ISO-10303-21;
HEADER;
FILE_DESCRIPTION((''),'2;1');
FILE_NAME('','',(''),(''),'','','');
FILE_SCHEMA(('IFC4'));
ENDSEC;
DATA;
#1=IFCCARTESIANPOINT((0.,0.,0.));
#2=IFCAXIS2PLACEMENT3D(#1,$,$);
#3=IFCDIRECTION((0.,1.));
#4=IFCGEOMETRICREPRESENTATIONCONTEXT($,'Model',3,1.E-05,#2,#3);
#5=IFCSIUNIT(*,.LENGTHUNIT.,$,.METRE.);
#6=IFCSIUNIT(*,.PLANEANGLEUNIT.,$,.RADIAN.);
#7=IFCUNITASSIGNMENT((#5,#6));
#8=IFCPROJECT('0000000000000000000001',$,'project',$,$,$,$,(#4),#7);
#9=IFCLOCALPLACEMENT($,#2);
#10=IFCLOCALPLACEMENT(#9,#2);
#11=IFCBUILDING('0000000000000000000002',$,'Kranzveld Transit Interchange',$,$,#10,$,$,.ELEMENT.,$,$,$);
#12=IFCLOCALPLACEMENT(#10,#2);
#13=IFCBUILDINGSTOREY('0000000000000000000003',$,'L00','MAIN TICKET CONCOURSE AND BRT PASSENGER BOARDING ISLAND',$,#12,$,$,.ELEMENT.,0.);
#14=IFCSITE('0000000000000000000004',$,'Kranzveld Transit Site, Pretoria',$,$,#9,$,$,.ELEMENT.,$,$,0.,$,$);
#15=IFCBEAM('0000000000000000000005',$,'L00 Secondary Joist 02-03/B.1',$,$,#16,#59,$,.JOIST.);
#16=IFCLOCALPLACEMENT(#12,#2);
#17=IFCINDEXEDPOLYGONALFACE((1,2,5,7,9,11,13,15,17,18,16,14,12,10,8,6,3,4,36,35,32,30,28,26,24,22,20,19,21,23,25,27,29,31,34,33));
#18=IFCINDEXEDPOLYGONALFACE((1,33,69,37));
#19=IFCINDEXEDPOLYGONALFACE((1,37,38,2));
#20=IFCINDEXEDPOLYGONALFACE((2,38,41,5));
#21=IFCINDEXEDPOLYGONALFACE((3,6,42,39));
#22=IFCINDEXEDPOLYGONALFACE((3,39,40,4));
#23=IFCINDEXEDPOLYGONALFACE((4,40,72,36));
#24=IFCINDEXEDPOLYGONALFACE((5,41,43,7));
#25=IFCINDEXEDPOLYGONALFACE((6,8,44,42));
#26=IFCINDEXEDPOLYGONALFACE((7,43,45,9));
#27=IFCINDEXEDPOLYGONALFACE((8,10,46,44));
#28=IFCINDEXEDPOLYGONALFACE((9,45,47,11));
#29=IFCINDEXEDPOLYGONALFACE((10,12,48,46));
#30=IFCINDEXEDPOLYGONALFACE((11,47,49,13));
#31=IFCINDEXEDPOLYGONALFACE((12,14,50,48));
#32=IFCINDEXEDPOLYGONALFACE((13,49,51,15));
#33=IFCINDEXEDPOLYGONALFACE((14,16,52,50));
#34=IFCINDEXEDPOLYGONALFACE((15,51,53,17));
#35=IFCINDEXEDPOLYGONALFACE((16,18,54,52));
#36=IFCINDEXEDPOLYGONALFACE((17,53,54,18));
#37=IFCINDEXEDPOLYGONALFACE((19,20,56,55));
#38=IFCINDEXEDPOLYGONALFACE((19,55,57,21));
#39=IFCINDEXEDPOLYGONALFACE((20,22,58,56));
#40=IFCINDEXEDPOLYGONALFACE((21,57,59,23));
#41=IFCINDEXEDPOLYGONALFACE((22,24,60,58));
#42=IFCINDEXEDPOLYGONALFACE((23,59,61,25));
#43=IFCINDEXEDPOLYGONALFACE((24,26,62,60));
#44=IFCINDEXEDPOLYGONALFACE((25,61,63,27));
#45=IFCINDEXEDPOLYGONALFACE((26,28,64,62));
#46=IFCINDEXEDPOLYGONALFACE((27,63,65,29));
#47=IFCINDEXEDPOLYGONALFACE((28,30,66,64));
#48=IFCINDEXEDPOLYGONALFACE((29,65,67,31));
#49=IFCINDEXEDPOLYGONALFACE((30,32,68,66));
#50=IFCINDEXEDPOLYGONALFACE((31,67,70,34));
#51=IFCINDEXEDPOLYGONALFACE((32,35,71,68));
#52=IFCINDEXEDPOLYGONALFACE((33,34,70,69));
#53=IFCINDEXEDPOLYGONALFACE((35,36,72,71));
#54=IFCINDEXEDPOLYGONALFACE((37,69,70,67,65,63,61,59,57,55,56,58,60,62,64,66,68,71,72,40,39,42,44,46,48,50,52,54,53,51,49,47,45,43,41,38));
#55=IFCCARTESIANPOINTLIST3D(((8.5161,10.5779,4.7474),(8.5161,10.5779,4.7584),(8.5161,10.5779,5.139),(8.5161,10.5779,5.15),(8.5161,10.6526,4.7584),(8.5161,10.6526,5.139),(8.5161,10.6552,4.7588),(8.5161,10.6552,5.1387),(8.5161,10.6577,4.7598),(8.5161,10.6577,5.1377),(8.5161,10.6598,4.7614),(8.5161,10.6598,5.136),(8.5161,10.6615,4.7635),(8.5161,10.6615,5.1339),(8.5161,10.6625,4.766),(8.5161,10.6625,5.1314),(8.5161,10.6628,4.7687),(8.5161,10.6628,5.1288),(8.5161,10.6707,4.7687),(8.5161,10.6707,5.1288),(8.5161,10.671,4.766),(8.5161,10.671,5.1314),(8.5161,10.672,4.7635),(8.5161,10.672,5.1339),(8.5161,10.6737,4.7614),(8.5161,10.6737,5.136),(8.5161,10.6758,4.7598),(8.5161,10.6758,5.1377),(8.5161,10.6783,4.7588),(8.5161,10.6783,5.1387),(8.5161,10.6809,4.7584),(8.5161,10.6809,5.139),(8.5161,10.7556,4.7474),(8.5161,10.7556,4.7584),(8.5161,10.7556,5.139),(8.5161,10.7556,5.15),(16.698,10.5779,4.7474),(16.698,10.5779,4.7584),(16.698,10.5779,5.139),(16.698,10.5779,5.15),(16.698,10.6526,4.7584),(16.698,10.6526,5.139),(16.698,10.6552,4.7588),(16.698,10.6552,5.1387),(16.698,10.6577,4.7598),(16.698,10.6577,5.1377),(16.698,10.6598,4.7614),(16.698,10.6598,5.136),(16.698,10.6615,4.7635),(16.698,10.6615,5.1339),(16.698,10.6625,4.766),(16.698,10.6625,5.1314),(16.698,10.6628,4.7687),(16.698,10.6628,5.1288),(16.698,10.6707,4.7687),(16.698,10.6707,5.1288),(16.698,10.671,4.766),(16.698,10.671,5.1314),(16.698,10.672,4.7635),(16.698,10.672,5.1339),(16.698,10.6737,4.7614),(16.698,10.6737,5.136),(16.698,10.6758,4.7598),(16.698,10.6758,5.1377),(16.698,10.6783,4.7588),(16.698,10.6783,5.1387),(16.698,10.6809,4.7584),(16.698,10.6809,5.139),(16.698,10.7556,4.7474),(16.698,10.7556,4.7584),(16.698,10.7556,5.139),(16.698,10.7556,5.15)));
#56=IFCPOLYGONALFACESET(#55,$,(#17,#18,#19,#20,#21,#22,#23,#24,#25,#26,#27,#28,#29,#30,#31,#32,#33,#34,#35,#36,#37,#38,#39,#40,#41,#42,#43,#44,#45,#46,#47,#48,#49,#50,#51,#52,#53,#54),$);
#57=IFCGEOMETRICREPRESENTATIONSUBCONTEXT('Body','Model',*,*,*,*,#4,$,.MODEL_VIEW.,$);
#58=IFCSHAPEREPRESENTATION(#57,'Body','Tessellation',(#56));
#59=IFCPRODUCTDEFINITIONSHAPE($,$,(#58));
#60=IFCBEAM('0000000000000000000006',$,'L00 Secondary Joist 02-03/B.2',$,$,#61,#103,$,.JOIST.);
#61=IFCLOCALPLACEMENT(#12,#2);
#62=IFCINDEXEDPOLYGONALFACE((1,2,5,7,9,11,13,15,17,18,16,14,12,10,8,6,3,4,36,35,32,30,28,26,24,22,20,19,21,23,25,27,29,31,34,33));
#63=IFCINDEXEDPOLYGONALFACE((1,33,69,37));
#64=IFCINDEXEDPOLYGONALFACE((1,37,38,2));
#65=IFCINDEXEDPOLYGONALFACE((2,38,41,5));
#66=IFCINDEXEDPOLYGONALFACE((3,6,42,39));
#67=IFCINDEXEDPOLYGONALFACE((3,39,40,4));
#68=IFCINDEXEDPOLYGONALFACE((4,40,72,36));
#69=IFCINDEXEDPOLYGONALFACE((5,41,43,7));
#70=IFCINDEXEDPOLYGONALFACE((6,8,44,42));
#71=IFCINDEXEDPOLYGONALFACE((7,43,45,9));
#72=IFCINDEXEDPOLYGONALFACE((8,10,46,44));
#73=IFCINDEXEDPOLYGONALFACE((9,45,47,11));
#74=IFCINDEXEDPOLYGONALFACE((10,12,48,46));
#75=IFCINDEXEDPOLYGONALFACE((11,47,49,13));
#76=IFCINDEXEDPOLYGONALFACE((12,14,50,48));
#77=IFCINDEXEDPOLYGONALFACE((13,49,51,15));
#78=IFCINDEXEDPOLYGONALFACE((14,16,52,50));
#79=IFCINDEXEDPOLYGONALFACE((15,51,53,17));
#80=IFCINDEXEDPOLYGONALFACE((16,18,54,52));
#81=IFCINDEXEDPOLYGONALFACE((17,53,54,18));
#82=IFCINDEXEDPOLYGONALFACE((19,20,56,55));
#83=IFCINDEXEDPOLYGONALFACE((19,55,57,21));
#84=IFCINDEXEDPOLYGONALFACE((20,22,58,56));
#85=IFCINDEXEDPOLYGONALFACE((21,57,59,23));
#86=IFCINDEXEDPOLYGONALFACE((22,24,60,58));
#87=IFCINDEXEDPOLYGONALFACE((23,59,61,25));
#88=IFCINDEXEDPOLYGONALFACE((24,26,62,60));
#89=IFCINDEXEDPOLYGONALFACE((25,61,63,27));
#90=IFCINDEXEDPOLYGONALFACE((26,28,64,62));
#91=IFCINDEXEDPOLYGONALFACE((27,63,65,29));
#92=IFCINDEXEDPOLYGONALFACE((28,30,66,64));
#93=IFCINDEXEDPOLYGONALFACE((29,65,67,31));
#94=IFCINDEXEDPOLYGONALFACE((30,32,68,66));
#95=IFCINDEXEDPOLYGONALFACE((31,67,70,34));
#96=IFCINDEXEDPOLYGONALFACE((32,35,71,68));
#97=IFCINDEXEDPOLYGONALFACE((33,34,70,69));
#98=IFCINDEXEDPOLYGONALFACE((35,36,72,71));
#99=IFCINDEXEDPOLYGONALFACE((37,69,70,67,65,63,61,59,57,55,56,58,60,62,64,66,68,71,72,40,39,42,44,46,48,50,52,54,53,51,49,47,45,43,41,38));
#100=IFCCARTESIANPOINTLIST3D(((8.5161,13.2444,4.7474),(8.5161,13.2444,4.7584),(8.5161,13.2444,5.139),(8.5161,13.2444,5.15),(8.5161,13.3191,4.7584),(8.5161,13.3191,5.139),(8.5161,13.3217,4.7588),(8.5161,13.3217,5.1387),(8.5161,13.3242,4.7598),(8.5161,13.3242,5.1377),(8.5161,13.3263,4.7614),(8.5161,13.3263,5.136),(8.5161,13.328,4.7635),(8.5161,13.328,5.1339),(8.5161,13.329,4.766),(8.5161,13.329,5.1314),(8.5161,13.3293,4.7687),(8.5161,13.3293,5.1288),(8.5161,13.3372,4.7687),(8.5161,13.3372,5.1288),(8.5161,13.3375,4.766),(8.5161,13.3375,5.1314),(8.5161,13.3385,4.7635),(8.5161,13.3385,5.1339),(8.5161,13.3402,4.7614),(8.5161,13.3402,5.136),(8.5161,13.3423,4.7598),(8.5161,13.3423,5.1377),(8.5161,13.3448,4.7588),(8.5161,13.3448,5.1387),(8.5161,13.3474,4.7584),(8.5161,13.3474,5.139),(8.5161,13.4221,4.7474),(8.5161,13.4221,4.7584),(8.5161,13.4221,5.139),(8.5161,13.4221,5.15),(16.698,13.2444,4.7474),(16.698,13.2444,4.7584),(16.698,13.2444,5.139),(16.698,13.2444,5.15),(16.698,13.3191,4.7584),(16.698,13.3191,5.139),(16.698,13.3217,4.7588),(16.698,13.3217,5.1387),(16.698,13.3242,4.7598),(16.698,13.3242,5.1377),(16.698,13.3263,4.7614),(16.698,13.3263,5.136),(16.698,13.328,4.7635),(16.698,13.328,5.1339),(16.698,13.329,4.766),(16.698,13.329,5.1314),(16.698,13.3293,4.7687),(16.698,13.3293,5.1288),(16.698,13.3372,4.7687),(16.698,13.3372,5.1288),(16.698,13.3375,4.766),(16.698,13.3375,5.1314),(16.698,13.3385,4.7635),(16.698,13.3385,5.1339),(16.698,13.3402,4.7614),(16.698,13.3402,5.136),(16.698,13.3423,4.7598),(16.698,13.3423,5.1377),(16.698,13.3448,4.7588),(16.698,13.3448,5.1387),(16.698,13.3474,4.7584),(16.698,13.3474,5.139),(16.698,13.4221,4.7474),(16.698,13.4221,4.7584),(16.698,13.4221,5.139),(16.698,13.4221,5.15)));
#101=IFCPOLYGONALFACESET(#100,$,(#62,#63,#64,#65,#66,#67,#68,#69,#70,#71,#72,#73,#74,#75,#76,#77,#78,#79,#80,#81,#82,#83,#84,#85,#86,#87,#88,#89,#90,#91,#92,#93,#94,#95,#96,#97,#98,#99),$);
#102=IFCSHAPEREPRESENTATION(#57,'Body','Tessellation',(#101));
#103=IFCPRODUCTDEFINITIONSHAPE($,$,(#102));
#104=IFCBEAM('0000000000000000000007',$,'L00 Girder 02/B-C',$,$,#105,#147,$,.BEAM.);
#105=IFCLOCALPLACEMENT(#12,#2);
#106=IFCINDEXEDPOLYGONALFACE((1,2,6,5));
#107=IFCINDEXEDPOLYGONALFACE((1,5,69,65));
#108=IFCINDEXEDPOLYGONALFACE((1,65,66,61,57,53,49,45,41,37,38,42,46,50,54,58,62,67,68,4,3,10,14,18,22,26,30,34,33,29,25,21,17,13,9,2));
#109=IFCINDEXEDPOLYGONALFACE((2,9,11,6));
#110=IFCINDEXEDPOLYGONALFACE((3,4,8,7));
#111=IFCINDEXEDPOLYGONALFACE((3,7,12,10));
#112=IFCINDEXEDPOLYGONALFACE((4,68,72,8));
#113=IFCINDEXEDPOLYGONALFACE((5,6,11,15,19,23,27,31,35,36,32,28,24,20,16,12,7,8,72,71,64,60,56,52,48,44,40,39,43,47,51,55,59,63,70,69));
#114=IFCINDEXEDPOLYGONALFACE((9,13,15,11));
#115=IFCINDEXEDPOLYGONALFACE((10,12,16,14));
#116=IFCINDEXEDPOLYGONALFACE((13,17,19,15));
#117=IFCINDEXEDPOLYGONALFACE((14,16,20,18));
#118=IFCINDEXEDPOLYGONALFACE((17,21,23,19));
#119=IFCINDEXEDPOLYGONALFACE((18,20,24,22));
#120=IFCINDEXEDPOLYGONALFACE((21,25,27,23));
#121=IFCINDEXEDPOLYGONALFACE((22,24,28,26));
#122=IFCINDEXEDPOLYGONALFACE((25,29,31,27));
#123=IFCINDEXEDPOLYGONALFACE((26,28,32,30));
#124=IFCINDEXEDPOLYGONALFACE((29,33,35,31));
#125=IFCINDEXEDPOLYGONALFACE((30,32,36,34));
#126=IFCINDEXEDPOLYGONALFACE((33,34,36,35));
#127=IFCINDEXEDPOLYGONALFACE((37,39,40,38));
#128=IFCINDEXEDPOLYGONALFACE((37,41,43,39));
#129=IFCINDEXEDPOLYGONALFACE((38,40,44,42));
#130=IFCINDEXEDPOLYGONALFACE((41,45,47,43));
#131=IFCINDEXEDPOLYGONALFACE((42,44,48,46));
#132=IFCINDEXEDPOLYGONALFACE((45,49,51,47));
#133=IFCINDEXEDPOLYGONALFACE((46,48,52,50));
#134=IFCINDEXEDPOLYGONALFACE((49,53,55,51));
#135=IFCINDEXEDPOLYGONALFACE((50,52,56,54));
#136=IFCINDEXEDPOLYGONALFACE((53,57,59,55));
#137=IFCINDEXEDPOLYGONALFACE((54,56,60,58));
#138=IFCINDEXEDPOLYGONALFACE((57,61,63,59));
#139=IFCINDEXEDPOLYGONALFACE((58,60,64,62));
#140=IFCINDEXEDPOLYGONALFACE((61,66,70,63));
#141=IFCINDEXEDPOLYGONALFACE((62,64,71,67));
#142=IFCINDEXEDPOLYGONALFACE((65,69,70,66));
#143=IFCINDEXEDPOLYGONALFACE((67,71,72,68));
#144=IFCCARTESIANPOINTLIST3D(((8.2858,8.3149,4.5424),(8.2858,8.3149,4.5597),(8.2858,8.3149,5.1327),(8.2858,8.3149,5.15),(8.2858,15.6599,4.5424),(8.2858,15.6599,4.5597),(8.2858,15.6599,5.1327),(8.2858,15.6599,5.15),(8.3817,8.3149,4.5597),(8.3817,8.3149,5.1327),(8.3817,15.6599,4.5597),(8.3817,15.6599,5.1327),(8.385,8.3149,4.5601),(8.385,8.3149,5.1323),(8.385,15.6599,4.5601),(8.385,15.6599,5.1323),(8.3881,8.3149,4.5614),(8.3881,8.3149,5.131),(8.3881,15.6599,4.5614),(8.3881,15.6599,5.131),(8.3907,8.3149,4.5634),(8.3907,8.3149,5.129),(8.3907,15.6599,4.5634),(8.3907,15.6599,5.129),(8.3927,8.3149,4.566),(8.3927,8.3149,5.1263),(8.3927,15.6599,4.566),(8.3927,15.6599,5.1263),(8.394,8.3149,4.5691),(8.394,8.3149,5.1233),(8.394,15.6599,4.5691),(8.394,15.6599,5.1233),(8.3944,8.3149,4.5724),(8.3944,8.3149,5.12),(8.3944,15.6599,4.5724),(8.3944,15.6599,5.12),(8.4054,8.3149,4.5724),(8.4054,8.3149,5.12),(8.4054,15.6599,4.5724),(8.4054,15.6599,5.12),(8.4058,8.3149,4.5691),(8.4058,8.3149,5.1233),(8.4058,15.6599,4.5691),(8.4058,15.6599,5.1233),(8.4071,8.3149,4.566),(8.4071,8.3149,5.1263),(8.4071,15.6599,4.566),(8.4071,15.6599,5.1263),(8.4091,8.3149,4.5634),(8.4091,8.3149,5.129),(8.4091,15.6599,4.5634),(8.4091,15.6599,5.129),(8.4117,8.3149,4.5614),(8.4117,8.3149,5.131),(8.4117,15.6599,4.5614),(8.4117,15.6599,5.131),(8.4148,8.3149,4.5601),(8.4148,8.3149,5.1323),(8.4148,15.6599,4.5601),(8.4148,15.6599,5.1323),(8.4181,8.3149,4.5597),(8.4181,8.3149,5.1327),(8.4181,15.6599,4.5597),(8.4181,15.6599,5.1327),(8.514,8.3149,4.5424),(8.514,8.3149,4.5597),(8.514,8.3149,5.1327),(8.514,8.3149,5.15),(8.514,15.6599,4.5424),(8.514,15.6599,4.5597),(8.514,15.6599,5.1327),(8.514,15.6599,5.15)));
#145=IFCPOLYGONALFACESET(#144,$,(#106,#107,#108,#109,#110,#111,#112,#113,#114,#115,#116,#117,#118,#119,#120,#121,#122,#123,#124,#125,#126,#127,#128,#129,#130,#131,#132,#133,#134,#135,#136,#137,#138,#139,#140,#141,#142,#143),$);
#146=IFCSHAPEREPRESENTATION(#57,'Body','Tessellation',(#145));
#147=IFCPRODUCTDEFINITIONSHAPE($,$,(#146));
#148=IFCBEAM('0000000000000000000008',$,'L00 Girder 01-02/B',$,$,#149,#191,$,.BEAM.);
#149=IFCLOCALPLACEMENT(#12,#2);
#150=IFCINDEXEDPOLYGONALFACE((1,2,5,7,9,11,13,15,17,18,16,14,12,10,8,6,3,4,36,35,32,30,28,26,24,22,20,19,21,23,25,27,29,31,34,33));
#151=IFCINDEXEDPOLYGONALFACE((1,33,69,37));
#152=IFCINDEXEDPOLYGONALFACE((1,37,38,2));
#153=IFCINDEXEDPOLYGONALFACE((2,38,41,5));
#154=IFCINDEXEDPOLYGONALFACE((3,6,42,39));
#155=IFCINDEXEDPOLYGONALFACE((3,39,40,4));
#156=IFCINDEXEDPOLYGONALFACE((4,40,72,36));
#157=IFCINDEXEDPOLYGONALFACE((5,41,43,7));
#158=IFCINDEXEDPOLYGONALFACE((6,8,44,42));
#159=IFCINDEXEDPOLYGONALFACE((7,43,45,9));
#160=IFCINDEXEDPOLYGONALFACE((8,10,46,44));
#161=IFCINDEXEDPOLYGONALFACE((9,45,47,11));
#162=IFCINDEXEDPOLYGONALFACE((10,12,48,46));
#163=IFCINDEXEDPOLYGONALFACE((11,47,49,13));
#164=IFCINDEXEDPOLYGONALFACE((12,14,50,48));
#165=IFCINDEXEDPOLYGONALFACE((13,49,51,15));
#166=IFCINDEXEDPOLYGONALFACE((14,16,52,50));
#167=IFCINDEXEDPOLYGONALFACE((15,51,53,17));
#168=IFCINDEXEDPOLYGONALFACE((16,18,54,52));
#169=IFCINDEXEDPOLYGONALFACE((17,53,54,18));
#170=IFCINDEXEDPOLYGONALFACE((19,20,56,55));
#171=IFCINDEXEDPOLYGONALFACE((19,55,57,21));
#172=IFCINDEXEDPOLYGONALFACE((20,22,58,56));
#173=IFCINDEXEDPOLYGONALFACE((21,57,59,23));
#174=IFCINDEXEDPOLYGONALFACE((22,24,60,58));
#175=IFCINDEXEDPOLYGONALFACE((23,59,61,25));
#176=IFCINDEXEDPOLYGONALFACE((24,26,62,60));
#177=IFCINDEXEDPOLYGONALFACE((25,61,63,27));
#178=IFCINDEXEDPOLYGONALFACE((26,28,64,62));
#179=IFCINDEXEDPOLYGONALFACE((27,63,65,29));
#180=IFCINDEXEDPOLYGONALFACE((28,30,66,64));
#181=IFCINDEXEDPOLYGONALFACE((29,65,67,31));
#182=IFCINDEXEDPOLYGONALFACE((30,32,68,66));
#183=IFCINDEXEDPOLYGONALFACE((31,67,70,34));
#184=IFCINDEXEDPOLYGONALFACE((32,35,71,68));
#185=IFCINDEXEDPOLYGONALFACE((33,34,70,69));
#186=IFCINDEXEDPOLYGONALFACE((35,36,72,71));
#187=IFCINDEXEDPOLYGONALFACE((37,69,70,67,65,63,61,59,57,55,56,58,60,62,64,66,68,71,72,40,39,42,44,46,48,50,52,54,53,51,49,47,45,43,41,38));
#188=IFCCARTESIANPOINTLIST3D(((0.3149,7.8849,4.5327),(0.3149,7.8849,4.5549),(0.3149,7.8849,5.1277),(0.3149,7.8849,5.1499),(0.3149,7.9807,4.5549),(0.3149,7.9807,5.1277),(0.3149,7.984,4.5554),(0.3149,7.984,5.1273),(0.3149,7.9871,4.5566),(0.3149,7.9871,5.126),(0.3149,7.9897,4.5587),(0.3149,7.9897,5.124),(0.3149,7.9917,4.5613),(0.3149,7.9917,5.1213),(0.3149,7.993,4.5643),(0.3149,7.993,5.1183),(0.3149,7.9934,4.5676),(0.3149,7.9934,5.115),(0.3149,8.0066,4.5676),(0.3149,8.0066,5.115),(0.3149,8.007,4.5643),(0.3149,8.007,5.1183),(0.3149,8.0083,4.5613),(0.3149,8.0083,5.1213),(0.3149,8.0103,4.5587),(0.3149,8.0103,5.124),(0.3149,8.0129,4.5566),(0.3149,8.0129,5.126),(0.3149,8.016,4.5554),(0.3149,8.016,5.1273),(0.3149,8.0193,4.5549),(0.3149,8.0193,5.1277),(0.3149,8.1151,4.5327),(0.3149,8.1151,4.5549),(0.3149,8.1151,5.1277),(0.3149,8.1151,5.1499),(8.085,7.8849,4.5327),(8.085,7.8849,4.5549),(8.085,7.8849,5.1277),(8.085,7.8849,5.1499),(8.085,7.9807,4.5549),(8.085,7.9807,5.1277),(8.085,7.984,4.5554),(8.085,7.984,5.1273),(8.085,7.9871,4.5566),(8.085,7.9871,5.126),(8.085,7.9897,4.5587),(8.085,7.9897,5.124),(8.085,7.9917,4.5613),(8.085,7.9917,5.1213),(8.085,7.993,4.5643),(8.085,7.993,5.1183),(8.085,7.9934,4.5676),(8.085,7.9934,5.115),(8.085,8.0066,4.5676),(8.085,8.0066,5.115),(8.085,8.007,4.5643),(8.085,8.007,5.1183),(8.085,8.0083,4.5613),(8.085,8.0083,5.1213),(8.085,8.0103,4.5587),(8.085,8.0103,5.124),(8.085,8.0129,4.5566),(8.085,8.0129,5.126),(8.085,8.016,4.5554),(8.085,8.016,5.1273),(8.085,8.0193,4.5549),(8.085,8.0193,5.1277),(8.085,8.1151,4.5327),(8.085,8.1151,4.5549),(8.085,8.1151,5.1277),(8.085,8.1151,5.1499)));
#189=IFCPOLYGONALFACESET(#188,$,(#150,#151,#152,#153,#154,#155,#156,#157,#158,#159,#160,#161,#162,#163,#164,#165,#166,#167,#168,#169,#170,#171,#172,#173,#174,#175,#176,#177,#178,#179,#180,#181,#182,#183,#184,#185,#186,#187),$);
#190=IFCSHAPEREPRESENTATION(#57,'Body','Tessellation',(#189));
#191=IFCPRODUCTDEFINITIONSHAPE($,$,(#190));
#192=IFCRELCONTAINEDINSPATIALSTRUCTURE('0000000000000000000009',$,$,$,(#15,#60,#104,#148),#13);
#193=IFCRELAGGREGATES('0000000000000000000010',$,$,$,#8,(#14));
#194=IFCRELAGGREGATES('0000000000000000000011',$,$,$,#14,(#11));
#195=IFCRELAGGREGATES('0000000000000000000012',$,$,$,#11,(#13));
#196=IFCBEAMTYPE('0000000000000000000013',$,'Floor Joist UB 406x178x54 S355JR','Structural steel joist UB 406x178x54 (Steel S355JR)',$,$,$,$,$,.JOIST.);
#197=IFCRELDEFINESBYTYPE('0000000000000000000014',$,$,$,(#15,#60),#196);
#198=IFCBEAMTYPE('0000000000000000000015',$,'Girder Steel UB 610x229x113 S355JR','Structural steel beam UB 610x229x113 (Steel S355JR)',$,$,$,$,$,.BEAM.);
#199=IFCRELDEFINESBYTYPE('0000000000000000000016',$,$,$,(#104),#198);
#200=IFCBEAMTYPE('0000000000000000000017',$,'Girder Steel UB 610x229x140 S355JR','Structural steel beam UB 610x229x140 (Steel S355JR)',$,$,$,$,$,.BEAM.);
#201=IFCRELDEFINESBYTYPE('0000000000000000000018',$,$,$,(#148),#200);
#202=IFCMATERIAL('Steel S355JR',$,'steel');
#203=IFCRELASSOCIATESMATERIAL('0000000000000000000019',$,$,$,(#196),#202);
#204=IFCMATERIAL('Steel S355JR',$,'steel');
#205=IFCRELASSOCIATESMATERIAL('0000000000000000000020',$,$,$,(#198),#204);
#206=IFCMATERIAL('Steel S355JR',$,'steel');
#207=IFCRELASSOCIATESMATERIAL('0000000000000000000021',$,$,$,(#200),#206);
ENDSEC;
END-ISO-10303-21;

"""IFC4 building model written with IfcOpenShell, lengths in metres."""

from ifc_helpers import new_model, si_unit, direction, frame, origin, origin_2d, place, context, subcontext, project, spatial, i_section, extrude, material, material_profile, profile_set, type_object, element, save


model = new_model("IFC4")

# Units and contexts
model_context = context("Model", 3, precision=1e-05, world=origin(), true_north=direction((0.0, 1.0)))
body_context = subcontext(model_context, "Body", "Model", "MODEL_VIEW")
ifc_project = project(units=[si_unit("LENGTHUNIT", "METRE"), si_unit("PLANEANGLEUNIT", "RADIAN")], contexts=[model_context])

# Site, building, storey
site_placement = place(None, origin())
site = spatial("IfcSite", under=ifc_project, at=site_placement, Name="Kranzveld Transit Site, Pretoria", CompositionType="ELEMENT", RefElevation=0.0)
building_placement = place(site_placement, origin())
building = spatial("IfcBuilding", under=site, at=building_placement, Name="Kranzveld Transit Interchange", CompositionType="ELEMENT")
storey_placement = place(building_placement, origin())
storey = spatial("IfcBuildingStorey", under=building, at=storey_placement, Name="L00", Description="MAIN TICKET CONCOURSE AND BRT PASSENGER BOARDING ISLAND", CompositionType="ELEMENT", Elevation=0.0)

# Beams
ifc_material_1 = material(Name="Steel S355JR", Category="steel")
ifc_material_profile_1 = material_profile(ifc_material_1, i_section(OverallWidth=0.1777, OverallDepth=0.4026, WebThickness=0.0078, FlangeThickness=0.011, FilletRadius=0.0103, at=origin_2d()), Name="UB 406x178x54")
ifc_profile_set_1 = profile_set([ifc_material_profile_1], Name="Steel S355JR")
beam_type_1 = type_object("IfcBeamType", Name="Floor Joist UB 406x178x54 S355JR", Description="Structural steel joist UB 406x178x54 (Steel S355JR)", PredefinedType="JOIST", material=ifc_profile_set_1)
for number, where, z_axis, x_axis, name in (
    (1, (8.5161, 10.6667, 4.9487), (1.0, 0.0, 0.0), (0.0, 1.0, 0.0), "L00 Secondary Joist 02-03/B.1"),
    (2, (8.5161, 13.3333, 4.9487), (1.0, 0.0, 0.0), (0.0, 1.0, 0.0), "L00 Secondary Joist 02-03/B.2"),
):
    element("IfcBeam", number, at=place(storey_placement, frame(where, z_axis=z_axis, x_axis=x_axis)), inside=storey, type_object=beam_type_1, Name=name, PredefinedType="JOIST", context=body_context, shape_type="SweptSolid", body=[
        extrude(i_section(OverallWidth=0.1777, OverallDepth=0.4026, WebThickness=0.0078, FlangeThickness=0.011, FilletRadius=0.0103, at=origin_2d()), origin(), (0.0, 0.0, 1.0), 8.1819),
    ])
ifc_material_2 = material(Name="Steel S355JR", Category="steel")
ifc_material_profile_2 = material_profile(ifc_material_2, i_section(OverallWidth=0.2283, OverallDepth=0.6077, WebThickness=0.011, FlangeThickness=0.0173, FilletRadius=0.0127, at=origin_2d()), Name="UB 610x229x113")
ifc_profile_set_2 = profile_set([ifc_material_profile_2], Name="Steel S355JR")
beam_type_2 = type_object("IfcBeamType", Name="Girder Steel UB 610x229x113 S355JR", Description="Structural steel beam UB 610x229x113 (Steel S355JR)", PredefinedType="BEAM", material=ifc_profile_set_2)
beam_1_placement = place(storey_placement, frame((8.3999, 8.3149, 4.8462), z_axis=(0.0, 1.0, 0.0), x_axis=(-1.0, 0.0, 0.0)))
element("IfcBeam", 3, at=beam_1_placement, inside=storey, type_object=beam_type_2, Name="L00 Girder 02/B-C", PredefinedType="BEAM", context=body_context, shape_type="SweptSolid", body=[
    extrude(i_section(OverallWidth=0.2283, OverallDepth=0.6077, WebThickness=0.011, FlangeThickness=0.0173, FilletRadius=0.0127, at=origin_2d()), origin(), (0.0, 0.0, 1.0), 7.345),
])
ifc_material_3 = material(Name="Steel S355JR", Category="steel")
ifc_material_profile_3 = material_profile(ifc_material_3, i_section(OverallWidth=0.2302, OverallDepth=0.6172, WebThickness=0.0132, FlangeThickness=0.0222, FilletRadius=0.0127, at=origin_2d()), Name="UB 610x229x140")
ifc_profile_set_3 = profile_set([ifc_material_profile_3], Name="Steel S355JR")
beam_type_3 = type_object("IfcBeamType", Name="Girder Steel UB 610x229x140 S355JR", Description="Structural steel beam UB 610x229x140 (Steel S355JR)", PredefinedType="BEAM", material=ifc_profile_set_3)
for number, where, z_axis, x_axis, name in (
    (4, (0.3149, 8.0, 4.8413), (1.0, 0.0, 0.0), (0.0, 1.0, 0.0), "L00 Girder 01-02/B"),
):
    element("IfcBeam", number, at=place(storey_placement, frame(where, z_axis=z_axis, x_axis=x_axis)), inside=storey, type_object=beam_type_3, Name=name, PredefinedType="BEAM", context=body_context, shape_type="SweptSolid", body=[
        extrude(i_section(OverallWidth=0.2302, OverallDepth=0.6172, WebThickness=0.0132, FlangeThickness=0.0222, FilletRadius=0.0127, at=origin_2d()), origin(), (0.0, 0.0, 1.0), 7.77),
    ])

save(model, "model.ifc")
